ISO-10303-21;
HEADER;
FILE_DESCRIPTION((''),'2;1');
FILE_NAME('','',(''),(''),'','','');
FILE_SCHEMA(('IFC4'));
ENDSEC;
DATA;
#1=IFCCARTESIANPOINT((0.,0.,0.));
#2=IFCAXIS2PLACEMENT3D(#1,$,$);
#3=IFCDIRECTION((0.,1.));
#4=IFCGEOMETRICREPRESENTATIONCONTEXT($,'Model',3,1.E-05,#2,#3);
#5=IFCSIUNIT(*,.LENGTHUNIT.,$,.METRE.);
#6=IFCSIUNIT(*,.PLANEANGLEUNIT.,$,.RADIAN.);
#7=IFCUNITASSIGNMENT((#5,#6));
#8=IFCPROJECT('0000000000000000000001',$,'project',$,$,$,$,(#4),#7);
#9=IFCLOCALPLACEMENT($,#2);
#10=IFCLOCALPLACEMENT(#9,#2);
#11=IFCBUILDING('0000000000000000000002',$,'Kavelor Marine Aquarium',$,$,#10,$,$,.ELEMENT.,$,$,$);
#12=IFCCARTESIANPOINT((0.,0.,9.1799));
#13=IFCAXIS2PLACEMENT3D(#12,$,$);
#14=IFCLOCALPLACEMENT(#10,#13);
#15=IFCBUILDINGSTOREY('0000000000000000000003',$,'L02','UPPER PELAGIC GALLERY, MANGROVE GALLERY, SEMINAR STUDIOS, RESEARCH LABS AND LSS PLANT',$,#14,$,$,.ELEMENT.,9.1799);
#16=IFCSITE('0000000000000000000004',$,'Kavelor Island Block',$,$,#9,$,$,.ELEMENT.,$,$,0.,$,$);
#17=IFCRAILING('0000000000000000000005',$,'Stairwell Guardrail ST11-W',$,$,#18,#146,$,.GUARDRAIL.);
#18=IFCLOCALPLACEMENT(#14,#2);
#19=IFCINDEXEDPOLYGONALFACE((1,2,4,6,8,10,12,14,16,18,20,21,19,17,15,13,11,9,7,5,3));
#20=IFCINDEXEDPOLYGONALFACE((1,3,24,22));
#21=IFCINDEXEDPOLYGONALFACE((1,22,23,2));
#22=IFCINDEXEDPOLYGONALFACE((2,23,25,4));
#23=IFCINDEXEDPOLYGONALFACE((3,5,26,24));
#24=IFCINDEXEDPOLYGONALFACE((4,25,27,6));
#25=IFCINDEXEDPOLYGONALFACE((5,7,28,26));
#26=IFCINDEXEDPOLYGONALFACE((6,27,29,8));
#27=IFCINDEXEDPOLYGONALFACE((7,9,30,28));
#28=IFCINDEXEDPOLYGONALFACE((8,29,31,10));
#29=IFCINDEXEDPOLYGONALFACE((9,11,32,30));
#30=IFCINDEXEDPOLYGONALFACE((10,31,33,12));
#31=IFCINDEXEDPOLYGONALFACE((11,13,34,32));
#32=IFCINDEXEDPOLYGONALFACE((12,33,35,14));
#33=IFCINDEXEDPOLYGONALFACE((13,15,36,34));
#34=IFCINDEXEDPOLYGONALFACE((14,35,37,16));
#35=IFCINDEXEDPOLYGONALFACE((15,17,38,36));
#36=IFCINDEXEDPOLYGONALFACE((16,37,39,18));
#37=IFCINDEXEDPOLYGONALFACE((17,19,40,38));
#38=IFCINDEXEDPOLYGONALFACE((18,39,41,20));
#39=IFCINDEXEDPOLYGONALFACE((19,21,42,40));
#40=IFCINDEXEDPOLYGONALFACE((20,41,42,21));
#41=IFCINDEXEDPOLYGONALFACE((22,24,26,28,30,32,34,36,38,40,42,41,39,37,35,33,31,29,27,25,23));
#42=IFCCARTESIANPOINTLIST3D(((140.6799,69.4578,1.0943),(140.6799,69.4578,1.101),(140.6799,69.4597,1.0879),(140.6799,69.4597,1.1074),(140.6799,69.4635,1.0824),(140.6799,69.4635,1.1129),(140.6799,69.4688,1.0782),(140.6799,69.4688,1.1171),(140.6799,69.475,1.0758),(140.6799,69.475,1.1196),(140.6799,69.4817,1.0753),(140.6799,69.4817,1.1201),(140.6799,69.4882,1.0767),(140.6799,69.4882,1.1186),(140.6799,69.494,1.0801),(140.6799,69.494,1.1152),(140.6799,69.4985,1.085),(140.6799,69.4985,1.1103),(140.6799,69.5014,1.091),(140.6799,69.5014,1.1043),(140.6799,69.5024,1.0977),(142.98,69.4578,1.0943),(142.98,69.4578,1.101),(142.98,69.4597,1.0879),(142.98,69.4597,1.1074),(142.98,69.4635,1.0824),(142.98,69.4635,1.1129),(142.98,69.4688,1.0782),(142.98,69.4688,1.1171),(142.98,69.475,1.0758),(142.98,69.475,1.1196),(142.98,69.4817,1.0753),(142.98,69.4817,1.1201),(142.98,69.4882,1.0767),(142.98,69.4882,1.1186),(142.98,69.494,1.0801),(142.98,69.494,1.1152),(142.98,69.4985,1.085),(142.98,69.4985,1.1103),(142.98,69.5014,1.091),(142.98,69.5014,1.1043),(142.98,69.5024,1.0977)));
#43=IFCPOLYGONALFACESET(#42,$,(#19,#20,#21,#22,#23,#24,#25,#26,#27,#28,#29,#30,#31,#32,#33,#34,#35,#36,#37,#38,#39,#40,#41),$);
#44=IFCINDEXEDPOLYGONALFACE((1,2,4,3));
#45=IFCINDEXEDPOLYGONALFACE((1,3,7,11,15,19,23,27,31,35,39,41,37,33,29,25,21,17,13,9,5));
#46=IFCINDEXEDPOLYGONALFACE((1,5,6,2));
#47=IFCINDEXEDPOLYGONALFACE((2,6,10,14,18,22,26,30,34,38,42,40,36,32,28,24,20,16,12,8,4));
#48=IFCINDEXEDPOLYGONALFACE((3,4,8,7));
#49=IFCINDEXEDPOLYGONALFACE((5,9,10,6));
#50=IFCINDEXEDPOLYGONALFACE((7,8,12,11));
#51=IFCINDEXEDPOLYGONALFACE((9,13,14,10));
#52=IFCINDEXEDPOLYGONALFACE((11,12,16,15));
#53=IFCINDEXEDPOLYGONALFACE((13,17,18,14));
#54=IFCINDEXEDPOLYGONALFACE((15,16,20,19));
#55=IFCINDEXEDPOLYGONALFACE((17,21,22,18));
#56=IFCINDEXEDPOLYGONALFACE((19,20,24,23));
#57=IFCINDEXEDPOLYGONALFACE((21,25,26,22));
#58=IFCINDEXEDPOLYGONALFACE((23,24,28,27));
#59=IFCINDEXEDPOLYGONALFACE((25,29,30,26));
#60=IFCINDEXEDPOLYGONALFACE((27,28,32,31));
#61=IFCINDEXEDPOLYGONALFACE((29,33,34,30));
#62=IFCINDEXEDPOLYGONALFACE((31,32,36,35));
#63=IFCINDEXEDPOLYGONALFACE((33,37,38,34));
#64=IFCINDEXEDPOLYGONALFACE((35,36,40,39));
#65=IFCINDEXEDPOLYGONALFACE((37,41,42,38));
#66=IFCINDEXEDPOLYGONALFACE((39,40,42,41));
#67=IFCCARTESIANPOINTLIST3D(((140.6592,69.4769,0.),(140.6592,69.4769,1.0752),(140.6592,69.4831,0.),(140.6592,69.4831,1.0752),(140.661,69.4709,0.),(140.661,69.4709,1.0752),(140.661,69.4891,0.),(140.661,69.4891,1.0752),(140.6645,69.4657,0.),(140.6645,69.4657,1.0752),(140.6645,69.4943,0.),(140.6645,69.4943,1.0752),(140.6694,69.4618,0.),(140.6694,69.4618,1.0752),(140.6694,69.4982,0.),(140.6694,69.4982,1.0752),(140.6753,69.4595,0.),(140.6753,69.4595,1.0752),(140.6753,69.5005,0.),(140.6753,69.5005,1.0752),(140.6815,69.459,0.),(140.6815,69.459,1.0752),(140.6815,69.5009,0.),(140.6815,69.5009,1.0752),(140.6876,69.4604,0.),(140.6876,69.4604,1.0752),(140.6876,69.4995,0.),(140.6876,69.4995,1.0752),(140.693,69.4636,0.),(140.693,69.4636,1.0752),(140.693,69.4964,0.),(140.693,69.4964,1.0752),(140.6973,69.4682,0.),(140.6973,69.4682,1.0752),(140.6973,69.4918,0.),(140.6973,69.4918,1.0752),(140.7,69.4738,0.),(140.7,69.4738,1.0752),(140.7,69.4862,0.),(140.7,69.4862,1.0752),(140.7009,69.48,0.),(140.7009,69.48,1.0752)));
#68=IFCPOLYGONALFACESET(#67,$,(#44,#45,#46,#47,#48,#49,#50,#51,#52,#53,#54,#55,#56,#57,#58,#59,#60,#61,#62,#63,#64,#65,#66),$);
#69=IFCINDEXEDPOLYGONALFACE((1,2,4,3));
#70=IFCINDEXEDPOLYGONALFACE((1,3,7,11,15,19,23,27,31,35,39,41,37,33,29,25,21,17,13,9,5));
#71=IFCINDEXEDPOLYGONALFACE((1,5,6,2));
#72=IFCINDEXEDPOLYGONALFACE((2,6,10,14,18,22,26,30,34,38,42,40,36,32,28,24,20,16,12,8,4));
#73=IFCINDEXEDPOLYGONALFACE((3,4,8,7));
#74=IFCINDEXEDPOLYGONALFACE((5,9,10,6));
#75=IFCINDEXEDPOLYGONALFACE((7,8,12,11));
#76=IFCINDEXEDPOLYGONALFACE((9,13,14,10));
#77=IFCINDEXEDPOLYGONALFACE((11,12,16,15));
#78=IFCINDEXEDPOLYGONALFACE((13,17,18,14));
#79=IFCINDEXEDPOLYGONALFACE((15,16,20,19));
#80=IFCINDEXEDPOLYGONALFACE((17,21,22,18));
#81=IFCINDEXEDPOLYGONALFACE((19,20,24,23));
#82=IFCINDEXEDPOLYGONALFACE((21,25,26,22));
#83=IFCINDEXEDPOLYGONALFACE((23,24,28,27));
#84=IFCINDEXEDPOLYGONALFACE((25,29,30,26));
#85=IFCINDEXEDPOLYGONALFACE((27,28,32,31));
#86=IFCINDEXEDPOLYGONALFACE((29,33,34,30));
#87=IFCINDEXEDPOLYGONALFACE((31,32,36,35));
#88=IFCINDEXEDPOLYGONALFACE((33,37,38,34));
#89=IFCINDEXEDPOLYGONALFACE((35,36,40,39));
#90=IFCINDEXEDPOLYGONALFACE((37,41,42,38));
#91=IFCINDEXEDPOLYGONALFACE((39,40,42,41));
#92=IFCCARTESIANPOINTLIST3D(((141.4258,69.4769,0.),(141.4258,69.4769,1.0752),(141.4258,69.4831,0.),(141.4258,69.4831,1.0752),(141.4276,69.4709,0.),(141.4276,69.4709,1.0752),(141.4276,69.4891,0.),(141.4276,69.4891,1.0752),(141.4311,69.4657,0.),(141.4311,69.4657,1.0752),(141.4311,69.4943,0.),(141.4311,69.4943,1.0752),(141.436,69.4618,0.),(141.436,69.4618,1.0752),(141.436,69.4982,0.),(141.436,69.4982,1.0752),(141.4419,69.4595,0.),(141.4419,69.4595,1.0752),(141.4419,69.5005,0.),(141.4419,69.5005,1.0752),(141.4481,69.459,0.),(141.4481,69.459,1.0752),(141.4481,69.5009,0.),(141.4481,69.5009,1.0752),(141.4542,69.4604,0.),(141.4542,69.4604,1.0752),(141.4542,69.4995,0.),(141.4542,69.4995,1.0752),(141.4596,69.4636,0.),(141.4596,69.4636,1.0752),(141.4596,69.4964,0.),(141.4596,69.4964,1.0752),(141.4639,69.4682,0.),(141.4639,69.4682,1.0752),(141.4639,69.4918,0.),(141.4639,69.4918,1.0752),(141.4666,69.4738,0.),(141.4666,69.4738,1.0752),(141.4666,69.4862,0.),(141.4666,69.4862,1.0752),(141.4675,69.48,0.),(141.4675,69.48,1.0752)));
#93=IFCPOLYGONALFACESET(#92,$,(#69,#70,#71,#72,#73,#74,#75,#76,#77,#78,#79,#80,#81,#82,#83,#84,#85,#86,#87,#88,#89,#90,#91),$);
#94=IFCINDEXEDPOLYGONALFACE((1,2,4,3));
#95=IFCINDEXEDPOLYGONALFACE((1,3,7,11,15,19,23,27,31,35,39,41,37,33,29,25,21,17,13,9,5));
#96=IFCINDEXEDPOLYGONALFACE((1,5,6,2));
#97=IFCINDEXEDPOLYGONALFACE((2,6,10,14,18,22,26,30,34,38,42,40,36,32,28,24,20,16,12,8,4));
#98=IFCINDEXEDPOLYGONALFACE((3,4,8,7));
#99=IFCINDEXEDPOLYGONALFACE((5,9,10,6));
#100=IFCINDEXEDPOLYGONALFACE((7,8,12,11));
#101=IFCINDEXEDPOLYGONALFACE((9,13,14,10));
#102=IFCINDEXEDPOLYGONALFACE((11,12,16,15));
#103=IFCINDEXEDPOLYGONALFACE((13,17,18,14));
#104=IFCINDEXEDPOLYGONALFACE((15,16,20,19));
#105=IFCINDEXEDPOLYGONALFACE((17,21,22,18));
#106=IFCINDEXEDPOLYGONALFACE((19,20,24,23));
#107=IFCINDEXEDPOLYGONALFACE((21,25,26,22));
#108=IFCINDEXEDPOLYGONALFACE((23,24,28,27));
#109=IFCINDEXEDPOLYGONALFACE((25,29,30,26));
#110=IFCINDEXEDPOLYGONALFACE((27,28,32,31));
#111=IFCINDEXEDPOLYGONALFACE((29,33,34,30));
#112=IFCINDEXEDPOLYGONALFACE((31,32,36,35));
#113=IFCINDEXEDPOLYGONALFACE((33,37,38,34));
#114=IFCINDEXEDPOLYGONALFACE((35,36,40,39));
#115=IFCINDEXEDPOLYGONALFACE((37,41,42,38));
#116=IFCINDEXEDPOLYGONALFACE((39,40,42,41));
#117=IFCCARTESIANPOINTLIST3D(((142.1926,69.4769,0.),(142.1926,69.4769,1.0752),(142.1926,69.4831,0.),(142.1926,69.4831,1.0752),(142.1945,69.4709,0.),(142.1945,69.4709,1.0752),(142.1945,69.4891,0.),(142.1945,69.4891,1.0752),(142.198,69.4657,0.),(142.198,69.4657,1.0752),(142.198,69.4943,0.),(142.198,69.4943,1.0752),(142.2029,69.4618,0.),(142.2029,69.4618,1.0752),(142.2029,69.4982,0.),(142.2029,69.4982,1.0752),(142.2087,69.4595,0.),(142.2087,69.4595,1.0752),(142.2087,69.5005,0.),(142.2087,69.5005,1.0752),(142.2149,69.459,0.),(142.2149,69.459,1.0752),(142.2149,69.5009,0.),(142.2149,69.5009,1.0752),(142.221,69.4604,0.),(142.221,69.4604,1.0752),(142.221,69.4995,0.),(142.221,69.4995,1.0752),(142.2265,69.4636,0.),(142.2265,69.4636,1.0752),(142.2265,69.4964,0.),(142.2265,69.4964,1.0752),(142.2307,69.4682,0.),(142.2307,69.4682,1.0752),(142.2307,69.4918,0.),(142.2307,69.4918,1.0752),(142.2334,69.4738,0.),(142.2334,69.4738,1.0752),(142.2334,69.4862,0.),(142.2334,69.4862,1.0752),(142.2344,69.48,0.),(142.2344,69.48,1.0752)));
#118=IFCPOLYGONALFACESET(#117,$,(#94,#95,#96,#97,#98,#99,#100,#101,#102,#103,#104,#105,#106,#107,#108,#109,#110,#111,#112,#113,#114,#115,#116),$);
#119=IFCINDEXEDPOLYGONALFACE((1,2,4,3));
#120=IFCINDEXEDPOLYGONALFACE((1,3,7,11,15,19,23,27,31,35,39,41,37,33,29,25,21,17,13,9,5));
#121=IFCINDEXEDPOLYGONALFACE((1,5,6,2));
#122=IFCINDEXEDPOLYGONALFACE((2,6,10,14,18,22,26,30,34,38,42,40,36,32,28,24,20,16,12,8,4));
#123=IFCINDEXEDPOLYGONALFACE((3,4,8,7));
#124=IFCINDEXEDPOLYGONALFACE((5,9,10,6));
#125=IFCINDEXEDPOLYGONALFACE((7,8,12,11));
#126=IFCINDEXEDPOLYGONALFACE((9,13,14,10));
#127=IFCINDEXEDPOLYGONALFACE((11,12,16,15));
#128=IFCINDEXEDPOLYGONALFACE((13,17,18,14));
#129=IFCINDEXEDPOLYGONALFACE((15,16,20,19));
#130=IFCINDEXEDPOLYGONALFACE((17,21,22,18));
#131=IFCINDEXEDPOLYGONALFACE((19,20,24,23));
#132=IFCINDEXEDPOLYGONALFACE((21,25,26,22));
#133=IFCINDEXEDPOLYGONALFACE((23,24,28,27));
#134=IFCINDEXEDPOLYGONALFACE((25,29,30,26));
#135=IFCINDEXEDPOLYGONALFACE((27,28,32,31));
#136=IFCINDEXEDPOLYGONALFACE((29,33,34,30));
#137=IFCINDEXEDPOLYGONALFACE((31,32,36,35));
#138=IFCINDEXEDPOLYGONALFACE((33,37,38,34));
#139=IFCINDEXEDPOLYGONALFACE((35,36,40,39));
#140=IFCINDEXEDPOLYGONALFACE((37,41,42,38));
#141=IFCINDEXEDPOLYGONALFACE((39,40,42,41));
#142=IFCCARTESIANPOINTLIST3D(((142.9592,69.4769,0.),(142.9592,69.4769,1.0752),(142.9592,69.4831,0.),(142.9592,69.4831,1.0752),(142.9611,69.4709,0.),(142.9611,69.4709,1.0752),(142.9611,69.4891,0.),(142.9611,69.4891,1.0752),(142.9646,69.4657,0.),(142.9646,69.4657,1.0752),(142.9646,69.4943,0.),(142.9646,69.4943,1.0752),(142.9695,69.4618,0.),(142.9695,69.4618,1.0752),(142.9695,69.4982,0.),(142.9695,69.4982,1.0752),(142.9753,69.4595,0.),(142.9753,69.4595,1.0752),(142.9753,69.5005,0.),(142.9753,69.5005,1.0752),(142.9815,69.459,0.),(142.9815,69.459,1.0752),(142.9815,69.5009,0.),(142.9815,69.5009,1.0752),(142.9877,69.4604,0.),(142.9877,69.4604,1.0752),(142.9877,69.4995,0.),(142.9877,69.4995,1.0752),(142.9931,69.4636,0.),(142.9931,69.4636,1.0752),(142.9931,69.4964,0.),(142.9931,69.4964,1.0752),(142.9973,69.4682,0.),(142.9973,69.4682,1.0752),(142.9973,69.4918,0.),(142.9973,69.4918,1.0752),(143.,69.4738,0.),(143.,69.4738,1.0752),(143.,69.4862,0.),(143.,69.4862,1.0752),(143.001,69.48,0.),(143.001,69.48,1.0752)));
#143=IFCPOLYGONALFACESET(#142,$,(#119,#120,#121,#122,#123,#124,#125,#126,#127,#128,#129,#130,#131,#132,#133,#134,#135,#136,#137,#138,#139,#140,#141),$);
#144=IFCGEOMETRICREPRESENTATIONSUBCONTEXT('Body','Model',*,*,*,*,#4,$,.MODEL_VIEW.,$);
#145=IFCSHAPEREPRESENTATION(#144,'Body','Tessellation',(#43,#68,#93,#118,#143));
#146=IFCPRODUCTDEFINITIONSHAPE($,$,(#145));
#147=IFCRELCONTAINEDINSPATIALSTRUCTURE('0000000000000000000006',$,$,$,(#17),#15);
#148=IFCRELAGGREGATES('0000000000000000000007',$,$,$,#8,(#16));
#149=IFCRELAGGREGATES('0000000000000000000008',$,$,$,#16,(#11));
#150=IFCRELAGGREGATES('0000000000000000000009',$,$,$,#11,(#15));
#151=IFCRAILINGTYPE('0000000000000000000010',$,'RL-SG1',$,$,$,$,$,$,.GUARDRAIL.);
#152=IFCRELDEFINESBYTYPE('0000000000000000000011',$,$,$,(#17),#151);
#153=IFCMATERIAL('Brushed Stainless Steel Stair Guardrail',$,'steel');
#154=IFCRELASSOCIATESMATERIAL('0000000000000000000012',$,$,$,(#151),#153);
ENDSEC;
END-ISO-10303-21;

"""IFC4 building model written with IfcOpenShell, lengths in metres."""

from ifc_helpers import new_model, si_unit, direction, frame, origin, origin_2d, place, context, subcontext, project, spatial, circle, extrude, material, type_object, element, save


model = new_model("IFC4")

# Units and contexts
model_context = context("Model", 3, precision=1e-05, world=origin(), true_north=direction((0.0, 1.0)))
body_context = subcontext(model_context, "Body", "Model", "MODEL_VIEW")
ifc_project = project(units=[si_unit("LENGTHUNIT", "METRE"), si_unit("PLANEANGLEUNIT", "RADIAN")], contexts=[model_context])

# Site, building, storey
site_placement = place(None, origin())
site = spatial("IfcSite", under=ifc_project, at=site_placement, Name="Kavelor Island Block", CompositionType="ELEMENT", RefElevation=0.0)
building_placement = place(site_placement, origin())
building = spatial("IfcBuilding", under=site, at=building_placement, Name="Kavelor Marine Aquarium", CompositionType="ELEMENT")
storey_placement = place(building_placement, frame((0.0, 0.0, 9.1799)))
storey = spatial("IfcBuildingStorey", under=building, at=storey_placement, Name="L02", Description="UPPER PELAGIC GALLERY, MANGROVE GALLERY, SEMINAR STUDIOS, RESEARCH LABS AND LSS PLANT", CompositionType="ELEMENT", Elevation=9.1799)

# Railing
ifc_material_1 = material(Name="Brushed Stainless Steel Stair Guardrail", Category="steel")
railing_type_1 = type_object("IfcRailingType", Name="RL-SG1", PredefinedType="GUARDRAIL", material=ifc_material_1)
railing_1_placement = place(storey_placement, frame((140.6799, 69.48, 0.0)))
element("IfcRailing", 1, at=railing_1_placement, inside=storey, type_object=railing_type_1, Name="Stairwell Guardrail ST11-W", PredefinedType="GUARDRAIL", context=body_context, shape_type="SweptSolid", body=[
    extrude(circle(Radius=0.0225, at=origin_2d()), frame((0.0, 0.0, 1.0977), z_axis=(1.0, 0.0, 0.0), x_axis=(0.0, 1.0, 0.0)), (0.0, 0.0, 1.0), 2.3),
    extrude(circle(Radius=0.021, at=origin_2d()), origin(), (0.0, 0.0, 1.0), 1.0752),
    extrude(circle(Radius=0.021, at=origin_2d()), frame((0.7666, 0.0, 0.0)), (0.0, 0.0, 1.0), 1.0752),
    extrude(circle(Radius=0.021, at=origin_2d()), frame((1.5334, 0.0, 0.0)), (0.0, 0.0, 1.0), 1.0752),
    extrude(circle(Radius=0.021, at=origin_2d()), frame((2.3, 0.0, 0.0)), (0.0, 0.0, 1.0), 1.0752),
])

save(model, "model.ifc")
